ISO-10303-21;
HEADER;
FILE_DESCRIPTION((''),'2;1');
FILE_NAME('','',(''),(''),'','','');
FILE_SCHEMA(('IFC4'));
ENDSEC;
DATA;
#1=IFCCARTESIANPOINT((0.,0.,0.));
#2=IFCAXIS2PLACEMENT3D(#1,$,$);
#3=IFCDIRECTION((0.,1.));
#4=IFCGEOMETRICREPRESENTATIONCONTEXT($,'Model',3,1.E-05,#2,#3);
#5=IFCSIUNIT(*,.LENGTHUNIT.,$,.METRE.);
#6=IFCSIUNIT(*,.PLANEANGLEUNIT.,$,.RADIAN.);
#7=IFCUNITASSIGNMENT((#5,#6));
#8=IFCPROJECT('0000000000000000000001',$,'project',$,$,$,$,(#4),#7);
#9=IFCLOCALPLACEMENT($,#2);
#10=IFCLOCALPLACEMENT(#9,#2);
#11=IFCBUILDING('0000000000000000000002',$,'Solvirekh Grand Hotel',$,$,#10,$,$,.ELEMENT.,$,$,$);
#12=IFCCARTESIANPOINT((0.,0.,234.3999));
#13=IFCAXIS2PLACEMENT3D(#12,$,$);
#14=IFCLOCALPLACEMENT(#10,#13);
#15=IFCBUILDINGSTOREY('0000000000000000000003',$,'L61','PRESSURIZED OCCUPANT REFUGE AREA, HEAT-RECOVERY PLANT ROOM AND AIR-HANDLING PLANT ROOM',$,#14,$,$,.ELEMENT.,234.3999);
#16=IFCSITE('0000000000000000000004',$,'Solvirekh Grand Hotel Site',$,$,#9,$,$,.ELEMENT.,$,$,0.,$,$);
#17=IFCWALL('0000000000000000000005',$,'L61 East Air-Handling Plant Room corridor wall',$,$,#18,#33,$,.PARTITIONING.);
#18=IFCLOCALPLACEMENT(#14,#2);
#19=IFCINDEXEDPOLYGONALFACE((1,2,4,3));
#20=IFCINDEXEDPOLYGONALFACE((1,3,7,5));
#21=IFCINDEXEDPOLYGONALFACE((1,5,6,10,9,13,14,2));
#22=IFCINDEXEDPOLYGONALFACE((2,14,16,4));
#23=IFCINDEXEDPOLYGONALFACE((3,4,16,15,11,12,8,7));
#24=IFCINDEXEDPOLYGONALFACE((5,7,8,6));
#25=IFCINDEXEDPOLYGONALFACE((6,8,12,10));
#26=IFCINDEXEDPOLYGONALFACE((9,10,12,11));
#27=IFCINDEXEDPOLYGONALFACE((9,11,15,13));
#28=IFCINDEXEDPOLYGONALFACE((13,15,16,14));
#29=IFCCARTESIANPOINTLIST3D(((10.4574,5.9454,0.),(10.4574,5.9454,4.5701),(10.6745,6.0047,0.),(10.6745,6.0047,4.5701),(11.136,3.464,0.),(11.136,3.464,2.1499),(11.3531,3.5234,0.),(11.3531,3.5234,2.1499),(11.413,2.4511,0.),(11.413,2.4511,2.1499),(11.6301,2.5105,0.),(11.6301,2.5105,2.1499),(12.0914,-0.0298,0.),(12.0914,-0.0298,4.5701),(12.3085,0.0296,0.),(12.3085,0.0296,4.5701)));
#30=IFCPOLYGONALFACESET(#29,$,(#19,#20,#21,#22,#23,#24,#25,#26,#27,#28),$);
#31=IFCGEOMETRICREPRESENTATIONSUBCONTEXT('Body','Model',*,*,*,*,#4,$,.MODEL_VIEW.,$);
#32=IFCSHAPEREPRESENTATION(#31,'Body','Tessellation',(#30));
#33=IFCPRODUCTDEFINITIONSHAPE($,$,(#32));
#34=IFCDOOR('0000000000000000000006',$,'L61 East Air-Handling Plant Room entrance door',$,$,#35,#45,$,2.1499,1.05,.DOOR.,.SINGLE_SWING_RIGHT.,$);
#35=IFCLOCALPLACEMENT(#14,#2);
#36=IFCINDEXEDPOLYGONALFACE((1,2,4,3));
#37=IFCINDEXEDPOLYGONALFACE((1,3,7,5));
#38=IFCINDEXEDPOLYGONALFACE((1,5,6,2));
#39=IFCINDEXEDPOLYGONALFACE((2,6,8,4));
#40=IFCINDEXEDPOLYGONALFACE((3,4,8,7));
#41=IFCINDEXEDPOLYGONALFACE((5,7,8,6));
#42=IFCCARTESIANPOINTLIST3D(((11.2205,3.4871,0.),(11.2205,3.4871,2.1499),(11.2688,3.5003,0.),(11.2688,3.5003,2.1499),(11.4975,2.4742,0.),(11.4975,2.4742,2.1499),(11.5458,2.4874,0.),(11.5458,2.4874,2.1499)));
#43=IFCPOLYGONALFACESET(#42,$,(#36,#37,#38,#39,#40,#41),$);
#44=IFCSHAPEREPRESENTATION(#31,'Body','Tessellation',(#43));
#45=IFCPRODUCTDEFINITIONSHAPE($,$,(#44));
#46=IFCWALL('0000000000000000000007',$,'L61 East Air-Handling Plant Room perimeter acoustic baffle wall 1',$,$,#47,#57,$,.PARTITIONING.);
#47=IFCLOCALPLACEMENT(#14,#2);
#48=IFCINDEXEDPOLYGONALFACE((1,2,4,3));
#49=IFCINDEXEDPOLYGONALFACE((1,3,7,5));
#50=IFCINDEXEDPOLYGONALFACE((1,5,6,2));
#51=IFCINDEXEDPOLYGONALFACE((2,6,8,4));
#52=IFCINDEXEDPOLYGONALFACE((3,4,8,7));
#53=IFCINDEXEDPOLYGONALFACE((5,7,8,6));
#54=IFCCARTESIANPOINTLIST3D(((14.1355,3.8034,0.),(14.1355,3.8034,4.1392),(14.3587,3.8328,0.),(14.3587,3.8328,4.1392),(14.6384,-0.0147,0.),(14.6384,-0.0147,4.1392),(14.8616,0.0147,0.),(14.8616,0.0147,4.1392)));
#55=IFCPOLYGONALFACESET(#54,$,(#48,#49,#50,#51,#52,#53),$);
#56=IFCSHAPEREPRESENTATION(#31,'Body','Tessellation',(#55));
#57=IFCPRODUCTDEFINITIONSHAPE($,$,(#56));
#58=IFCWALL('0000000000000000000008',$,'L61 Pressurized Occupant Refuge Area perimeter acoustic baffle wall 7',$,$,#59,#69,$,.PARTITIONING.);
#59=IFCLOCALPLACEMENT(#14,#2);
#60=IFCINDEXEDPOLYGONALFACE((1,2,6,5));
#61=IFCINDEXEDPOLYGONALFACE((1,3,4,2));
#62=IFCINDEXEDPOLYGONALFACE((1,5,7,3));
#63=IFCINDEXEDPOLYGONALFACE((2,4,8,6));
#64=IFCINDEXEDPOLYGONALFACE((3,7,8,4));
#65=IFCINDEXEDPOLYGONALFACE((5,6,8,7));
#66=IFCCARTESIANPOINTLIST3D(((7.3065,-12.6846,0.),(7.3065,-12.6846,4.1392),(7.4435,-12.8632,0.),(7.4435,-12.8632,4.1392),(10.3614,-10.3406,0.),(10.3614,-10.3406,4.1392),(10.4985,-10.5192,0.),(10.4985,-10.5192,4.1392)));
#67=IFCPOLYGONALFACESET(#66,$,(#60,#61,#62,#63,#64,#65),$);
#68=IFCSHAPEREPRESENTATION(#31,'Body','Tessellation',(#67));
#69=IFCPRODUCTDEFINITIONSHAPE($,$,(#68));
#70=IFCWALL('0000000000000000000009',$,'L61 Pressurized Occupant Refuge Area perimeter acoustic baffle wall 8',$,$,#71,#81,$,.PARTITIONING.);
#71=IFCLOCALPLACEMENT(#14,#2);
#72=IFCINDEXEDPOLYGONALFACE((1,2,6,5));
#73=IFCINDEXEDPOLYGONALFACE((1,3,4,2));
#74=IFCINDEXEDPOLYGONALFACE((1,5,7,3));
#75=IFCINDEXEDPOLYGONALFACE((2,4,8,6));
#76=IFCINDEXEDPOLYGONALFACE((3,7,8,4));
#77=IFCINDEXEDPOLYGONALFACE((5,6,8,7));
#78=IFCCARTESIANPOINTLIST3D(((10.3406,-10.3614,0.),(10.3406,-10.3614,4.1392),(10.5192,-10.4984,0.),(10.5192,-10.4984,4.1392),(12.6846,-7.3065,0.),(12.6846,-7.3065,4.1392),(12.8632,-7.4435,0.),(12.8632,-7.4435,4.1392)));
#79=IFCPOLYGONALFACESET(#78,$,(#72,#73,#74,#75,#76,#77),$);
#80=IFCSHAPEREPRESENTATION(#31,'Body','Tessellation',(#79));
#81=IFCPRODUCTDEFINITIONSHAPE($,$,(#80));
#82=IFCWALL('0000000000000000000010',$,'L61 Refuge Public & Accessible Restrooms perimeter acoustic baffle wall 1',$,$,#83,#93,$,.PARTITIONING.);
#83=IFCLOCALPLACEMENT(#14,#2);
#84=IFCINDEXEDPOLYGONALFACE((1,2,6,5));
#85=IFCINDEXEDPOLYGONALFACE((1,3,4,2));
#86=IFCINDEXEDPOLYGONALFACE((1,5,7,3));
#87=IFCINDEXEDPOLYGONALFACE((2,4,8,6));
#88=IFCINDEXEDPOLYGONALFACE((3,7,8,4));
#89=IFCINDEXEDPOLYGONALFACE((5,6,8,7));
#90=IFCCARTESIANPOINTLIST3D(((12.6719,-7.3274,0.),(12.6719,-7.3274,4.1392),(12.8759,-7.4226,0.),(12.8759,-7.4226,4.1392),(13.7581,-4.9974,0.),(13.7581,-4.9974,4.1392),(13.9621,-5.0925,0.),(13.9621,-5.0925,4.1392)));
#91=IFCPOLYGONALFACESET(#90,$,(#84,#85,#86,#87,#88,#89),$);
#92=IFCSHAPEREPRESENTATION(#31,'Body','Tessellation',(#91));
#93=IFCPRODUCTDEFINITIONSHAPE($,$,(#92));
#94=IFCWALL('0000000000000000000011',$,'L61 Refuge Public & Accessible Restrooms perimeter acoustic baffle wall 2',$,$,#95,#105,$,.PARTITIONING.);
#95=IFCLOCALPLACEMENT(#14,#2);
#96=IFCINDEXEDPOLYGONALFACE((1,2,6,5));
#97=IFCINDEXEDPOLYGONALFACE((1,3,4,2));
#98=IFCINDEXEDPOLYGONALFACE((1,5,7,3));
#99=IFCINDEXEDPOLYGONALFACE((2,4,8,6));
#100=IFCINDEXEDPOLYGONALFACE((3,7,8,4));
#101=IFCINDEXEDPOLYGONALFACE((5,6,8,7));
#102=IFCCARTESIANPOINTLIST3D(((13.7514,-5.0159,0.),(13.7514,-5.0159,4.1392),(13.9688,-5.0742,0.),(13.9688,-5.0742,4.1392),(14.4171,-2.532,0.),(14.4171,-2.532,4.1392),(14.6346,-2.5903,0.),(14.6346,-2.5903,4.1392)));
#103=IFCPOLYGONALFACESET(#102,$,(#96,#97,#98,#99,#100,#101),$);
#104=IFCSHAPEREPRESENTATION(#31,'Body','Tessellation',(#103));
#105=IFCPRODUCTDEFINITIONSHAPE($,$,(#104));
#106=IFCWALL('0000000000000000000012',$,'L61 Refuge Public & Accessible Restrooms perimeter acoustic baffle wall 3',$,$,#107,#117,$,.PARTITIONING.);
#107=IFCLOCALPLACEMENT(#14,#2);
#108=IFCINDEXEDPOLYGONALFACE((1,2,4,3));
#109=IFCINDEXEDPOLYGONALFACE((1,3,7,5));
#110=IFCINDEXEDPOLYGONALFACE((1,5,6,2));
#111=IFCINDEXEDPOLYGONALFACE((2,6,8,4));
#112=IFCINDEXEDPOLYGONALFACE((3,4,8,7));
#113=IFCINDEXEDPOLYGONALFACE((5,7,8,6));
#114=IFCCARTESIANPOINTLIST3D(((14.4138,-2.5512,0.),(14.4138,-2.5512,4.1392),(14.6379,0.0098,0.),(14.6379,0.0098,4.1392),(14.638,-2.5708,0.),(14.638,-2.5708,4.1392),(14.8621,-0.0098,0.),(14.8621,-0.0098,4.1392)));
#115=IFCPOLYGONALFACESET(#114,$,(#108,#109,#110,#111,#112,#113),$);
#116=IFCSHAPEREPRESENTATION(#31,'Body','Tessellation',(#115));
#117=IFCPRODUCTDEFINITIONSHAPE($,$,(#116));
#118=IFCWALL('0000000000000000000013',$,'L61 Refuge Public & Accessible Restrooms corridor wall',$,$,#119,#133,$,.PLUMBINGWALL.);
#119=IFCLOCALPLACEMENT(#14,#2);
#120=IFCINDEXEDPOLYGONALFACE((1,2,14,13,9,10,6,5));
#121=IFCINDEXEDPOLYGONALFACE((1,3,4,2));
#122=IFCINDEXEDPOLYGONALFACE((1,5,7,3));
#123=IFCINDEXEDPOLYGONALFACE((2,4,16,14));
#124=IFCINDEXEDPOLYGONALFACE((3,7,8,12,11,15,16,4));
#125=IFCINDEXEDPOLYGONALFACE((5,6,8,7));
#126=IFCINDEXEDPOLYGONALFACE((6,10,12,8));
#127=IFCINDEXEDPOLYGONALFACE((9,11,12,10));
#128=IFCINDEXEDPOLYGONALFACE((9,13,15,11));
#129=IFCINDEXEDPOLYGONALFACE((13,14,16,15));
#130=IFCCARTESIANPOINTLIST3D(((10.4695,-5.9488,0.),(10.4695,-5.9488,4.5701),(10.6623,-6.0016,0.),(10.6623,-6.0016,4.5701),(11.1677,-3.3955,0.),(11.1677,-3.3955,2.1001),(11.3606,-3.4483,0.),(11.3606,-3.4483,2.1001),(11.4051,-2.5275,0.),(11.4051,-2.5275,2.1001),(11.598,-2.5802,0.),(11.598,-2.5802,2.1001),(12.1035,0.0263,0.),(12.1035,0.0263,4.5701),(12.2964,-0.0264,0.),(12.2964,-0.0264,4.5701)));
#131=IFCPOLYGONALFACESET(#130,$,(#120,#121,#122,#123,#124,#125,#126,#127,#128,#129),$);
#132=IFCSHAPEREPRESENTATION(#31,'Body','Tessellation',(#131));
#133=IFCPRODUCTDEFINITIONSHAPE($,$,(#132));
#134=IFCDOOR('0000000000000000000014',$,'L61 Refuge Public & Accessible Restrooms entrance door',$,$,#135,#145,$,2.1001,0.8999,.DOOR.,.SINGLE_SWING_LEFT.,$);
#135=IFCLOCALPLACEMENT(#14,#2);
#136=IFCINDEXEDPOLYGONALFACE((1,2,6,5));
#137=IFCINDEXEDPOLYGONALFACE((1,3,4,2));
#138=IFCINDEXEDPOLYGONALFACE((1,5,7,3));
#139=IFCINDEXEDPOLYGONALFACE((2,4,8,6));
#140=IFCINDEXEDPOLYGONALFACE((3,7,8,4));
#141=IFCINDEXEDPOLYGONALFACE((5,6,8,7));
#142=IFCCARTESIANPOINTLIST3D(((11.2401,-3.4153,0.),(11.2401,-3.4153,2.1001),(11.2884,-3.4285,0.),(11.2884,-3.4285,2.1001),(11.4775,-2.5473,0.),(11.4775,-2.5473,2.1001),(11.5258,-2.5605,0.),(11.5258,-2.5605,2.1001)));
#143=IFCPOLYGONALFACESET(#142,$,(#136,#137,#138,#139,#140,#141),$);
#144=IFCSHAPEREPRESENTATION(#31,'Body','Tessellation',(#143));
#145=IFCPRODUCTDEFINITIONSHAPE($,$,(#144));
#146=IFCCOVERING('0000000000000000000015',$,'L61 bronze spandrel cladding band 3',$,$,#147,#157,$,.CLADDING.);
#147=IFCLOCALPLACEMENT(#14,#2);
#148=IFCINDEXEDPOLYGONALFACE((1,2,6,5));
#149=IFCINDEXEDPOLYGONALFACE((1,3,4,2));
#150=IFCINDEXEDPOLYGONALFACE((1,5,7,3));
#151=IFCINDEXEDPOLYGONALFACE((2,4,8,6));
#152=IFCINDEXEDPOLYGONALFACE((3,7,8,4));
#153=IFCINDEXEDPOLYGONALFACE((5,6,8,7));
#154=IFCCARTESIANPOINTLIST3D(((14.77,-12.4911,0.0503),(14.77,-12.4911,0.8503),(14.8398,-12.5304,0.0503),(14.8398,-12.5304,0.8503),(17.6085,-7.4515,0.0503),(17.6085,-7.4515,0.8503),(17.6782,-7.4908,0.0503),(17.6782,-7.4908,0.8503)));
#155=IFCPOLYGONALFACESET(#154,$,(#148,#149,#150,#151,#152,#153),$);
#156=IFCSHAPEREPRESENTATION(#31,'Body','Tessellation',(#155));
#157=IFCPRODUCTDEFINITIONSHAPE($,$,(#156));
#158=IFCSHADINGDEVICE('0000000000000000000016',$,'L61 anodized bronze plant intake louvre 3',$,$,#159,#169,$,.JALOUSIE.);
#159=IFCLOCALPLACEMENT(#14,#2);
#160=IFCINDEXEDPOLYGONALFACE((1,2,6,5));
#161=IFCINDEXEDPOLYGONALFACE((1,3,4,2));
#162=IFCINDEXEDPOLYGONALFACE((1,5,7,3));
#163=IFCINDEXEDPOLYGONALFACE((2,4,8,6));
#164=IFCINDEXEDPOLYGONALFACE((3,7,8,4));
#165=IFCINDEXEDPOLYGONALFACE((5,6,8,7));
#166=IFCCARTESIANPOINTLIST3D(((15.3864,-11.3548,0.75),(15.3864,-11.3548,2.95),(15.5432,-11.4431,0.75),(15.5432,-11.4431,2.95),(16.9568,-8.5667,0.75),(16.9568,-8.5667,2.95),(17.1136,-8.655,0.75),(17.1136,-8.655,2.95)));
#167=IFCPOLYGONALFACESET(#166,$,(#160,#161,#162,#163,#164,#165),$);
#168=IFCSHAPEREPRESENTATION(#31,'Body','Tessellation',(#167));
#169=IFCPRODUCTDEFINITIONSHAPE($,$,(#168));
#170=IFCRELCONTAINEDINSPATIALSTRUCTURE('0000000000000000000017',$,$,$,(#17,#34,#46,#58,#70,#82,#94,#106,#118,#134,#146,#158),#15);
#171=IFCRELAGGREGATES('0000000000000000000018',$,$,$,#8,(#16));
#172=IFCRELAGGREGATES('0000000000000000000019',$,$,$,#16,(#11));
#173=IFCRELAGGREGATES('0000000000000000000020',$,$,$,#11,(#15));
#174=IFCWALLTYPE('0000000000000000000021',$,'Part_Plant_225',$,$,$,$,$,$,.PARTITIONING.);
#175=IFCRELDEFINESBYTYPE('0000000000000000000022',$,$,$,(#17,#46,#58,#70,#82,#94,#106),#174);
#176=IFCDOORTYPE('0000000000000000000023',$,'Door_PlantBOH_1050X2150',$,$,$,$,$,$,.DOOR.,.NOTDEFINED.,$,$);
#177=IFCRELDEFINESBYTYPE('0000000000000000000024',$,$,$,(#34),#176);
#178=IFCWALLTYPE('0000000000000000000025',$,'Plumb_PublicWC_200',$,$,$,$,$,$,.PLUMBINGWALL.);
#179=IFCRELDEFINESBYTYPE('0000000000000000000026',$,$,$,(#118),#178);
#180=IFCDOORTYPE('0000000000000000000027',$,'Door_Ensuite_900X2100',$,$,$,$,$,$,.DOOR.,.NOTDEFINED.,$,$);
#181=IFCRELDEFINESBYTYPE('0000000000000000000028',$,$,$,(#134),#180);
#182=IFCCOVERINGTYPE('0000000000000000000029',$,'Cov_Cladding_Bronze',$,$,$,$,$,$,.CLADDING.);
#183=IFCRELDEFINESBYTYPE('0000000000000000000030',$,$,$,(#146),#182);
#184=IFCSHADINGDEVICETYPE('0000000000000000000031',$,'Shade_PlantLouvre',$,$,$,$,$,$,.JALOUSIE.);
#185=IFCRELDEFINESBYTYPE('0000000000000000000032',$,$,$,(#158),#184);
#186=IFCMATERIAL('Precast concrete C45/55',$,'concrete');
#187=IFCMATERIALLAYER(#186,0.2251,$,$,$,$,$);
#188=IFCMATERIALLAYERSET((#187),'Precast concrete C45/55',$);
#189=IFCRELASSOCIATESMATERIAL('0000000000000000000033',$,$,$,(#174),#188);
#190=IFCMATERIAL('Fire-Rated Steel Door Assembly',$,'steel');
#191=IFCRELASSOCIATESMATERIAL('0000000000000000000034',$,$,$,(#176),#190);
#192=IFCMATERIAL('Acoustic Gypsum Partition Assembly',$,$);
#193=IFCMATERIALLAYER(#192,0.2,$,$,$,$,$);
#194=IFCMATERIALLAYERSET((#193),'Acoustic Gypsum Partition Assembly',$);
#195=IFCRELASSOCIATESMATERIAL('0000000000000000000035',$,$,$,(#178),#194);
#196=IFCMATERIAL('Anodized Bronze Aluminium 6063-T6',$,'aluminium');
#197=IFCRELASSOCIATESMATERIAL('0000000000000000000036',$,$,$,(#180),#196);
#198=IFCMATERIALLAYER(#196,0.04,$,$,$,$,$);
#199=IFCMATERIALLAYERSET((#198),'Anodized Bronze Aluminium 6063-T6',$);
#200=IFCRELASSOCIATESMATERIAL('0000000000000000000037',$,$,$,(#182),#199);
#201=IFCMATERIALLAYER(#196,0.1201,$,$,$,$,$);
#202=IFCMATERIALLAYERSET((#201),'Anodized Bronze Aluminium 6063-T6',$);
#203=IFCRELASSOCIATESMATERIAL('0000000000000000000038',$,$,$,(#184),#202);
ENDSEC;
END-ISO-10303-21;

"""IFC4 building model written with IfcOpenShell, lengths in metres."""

from ifc_helpers import new_model, si_unit, direction, frame, frame_2d, origin, origin_2d, place, context, subcontext, project, spatial, rectangle, extrude, material, layer, layer_set, type_object, element, fill, save


model = new_model("IFC4")

# Units and contexts
model_context = context("Model", 3, precision=1e-05, world=origin(), true_north=direction((0.0, 1.0)))
body_context = subcontext(model_context, "Body", "Model", "MODEL_VIEW")
ifc_project = project(units=[si_unit("LENGTHUNIT", "METRE"), si_unit("PLANEANGLEUNIT", "RADIAN")], contexts=[model_context])

# Site, building, storey
site_placement = place(None, origin())
site = spatial("IfcSite", under=ifc_project, at=site_placement, Name="Solvirekh Grand Hotel Site", CompositionType="ELEMENT", RefElevation=0.0)
building_placement = place(site_placement, origin())
building = spatial("IfcBuilding", under=site, at=building_placement, Name="Solvirekh Grand Hotel", CompositionType="ELEMENT")
storey_placement = place(building_placement, frame((0.0, 0.0, 234.3999)))
storey = spatial("IfcBuildingStorey", under=building, at=storey_placement, Name="L61", Description="PRESSURIZED OCCUPANT REFUGE AREA, HEAT-RECOVERY PLANT ROOM AND AIR-HANDLING PLANT ROOM", CompositionType="ELEMENT", Elevation=234.3999)

# Shared definitions
ifc_material_1 = material(Name="Precast concrete C45/55", Category="concrete")

# Shared definitions
ifc_material_2 = material(Name="Acoustic Gypsum Partition Assembly")
ifc_material_3 = material(Name="Fire-Rated Steel Door Assembly", Category="steel")

# Shared definitions
ifc_layer_1 = layer(ifc_material_1, 0.2251)
ifc_layer_set_1 = layer_set([ifc_layer_1], Name="Precast concrete C45/55")
wall_type_1 = type_object("IfcWallType", Name="Part_Plant_225", PredefinedType="PARTITIONING", material=ifc_layer_set_1)

# Wall, opening, door
wall_1_placement = place(storey_placement, frame((12.2, 0.0, 0.0), z_axis=(0.0, 0.0, 1.0), x_axis=(-0.263788, 0.964581, 0.0)))
wall_1 = element("IfcWall", 1, at=wall_1_placement, inside=storey, type_object=wall_type_1, Name="L61 East Air-Handling Plant Room corridor wall", PredefinedType="PARTITIONING", context=body_context, shape_type="SweptSolid", body=[
    extrude(rectangle(XDim=6.1946, YDim=0.2251, at=frame_2d((3.0972, 0.0))), origin(), (0.0, 0.0, 1.0), 4.5701),
])
opening_1_placement = place(wall_1_placement, frame((2.572, 0.0, 0.0)))
opening_1 = element("IfcOpeningElement", 2, at=opening_1_placement, cuts=wall_1, PredefinedType="OPENING", context=body_context, shape_type="SweptSolid", body=[
    extrude(rectangle(XDim=1.05, YDim=2.1499, at=frame_2d((0.5249, 1.075))), frame((0.0, 0.1226, 0.0), z_axis=(0.0, -1.0, 0.0), x_axis=(1.0, 0.0, 0.0)), (0.0, 0.0, 1.0), 0.2451),
])
door_type_1 = type_object("IfcDoorType", Name="Door_PlantBOH_1050X2150", OperationType="NOTDEFINED", PredefinedType="DOOR", material=ifc_material_3)
door_1_placement = place(opening_1_placement, origin())
door_1 = element("IfcDoor", 3, at=door_1_placement, inside=storey, type_object=door_type_1, Name="L61 East Air-Handling Plant Room entrance door", OperationType="SINGLE_SWING_RIGHT", OverallHeight=2.1499, OverallWidth=1.05, PredefinedType="DOOR", context=body_context, shape_type="SweptSolid", body=[
    extrude(rectangle(XDim=1.05, YDim=2.1499, at=frame_2d((0.5249, 1.075))), frame((0.0, 0.0249, 0.0), z_axis=(0.0, -1.0, 0.0), x_axis=(1.0, 0.0, 0.0)), (0.0, 0.0, 1.0), 0.05),
])
fill(opening_1, door_1)

# Walls
wall_2_placement = place(storey_placement, frame((14.75, 0.0, 0.0), z_axis=(0.0, 0.0, 1.0), x_axis=(-0.130594, 0.991436, 0.0)))
element("IfcWall", 4, at=wall_2_placement, inside=storey, type_object=wall_type_1, Name="L61 East Air-Handling Plant Room perimeter acoustic baffle wall 1", PredefinedType="PARTITIONING", context=body_context, shape_type="SweptSolid", body=[
    extrude(rectangle(XDim=3.8511, YDim=0.2251, at=frame_2d((1.9255, 0.0))), origin(), (0.0, 0.0, 1.0), 4.1392),
])
for number, where, z_axis, x_axis, name in (
    (5, (7.375, -12.7739, 0.0), (0.0, 0.0, 1.0), (0.793371, 0.608739, 0.0), "L61 Pressurized Occupant Refuge Area perimeter acoustic baffle wall 7"),
    (6, (10.4299, -10.4299, 0.0), (0.0, 0.0, 1.0), (0.608739, 0.793371, 0.0), "L61 Pressurized Occupant Refuge Area perimeter acoustic baffle wall 8"),
):
    element("IfcWall", number, at=place(storey_placement, frame(where, z_axis=z_axis, x_axis=x_axis)), inside=storey, type_object=wall_type_1, Name=name, PredefinedType="PARTITIONING", context=body_context, shape_type="SweptSolid", body=[
        extrude(rectangle(XDim=3.8506, YDim=0.2251, at=frame_2d((1.9253, 0.0))), origin(), (0.0, 0.0, 1.0), 4.1392),
    ])
wall_3_placement = place(storey_placement, frame((12.7739, -7.375, 0.0), z_axis=(0.0, 0.0, 1.0), x_axis=(0.422506, 0.90636, 0.0)))
element("IfcWall", 7, at=wall_3_placement, inside=storey, type_object=wall_type_1, Name="L61 Refuge Public & Accessible Restrooms perimeter acoustic baffle wall 1", PredefinedType="PARTITIONING", context=body_context, shape_type="SweptSolid", body=[
    extrude(rectangle(XDim=2.5708, YDim=0.2251, at=frame_2d((1.2854, 0.0))), origin(), (0.0, 0.0, 1.0), 4.1392),
])
wall_4_placement = place(storey_placement, frame((13.8601, -5.0449, 0.0), z_axis=(0.0, 0.0, 1.0), x_axis=(0.258897, 0.965905, 0.0)))
element("IfcWall", 8, at=wall_4_placement, inside=storey, type_object=wall_type_1, Name="L61 Refuge Public & Accessible Restrooms perimeter acoustic baffle wall 2", PredefinedType="PARTITIONING", context=body_context, shape_type="SweptSolid", body=[
    extrude(rectangle(XDim=2.5715, YDim=0.2251, at=frame_2d((1.2856, 0.0))), origin(), (0.0, 0.0, 1.0), 4.1392),
])
wall_5_placement = place(storey_placement, frame((14.5259, -2.561, 0.0), z_axis=(0.0, 0.0, 1.0), x_axis=(0.087179, 0.996193, 0.0)))
element("IfcWall", 9, at=wall_5_placement, inside=storey, type_object=wall_type_1, Name="L61 Refuge Public & Accessible Restrooms perimeter acoustic baffle wall 3", PredefinedType="PARTITIONING", context=body_context, shape_type="SweptSolid", body=[
    extrude(rectangle(XDim=2.5708, YDim=0.2251, at=frame_2d((1.2854, 0.0))), origin(), (0.0, 0.0, 1.0), 4.1392),
])

# Wall, opening, door
ifc_layer_2 = layer(ifc_material_2, 0.2)
ifc_layer_set_2 = layer_set([ifc_layer_2], Name="Acoustic Gypsum Partition Assembly")
wall_type_2 = type_object("IfcWallType", Name="Plumb_PublicWC_200", PredefinedType="PLUMBINGWALL", material=ifc_layer_set_2)
wall_6_placement = place(storey_placement, frame((10.5659, -5.9751, 0.0), z_axis=(0.0, 0.0, 1.0), x_axis=(0.263788, 0.964581, 0.0)))
wall_6 = element("IfcWall", 10, at=wall_6_placement, inside=storey, type_object=wall_type_2, Name="L61 Refuge Public & Accessible Restrooms corridor wall", PredefinedType="PLUMBINGWALL", context=body_context, shape_type="SweptSolid", body=[
    extrude(rectangle(XDim=6.1946, YDim=0.2, at=frame_2d((3.0972, 0.0))), origin(), (0.0, 0.0, 1.0), 4.5701),
])
opening_2_placement = place(wall_6_placement, frame((2.647, 0.0, 0.0)))
opening_2 = element("IfcOpeningElement", 11, at=opening_2_placement, cuts=wall_6, PredefinedType="OPENING", context=body_context, shape_type="SweptSolid", body=[
    extrude(rectangle(XDim=0.8999, YDim=2.1001, at=frame_2d((0.45, 1.05))), frame((0.0, 0.1099, 0.0), z_axis=(0.0, -1.0, 0.0), x_axis=(1.0, 0.0, 0.0)), (0.0, 0.0, 1.0), 0.22),
])
ifc_material_4 = material(Name="Anodized Bronze Aluminium 6063-T6", Category="aluminium")
door_type_2 = type_object("IfcDoorType", Name="Door_Ensuite_900X2100", OperationType="NOTDEFINED", PredefinedType="DOOR", material=ifc_material_4)
door_2_placement = place(opening_2_placement, origin())
door_2 = element("IfcDoor", 12, at=door_2_placement, inside=storey, type_object=door_type_2, Name="L61 Refuge Public & Accessible Restrooms entrance door", OperationType="SINGLE_SWING_LEFT", OverallHeight=2.1001, OverallWidth=0.8999, PredefinedType="DOOR", context=body_context, shape_type="SweptSolid", body=[
    extrude(rectangle(XDim=0.8999, YDim=2.1001, at=frame_2d((0.45, 1.05))), frame((0.0, 0.0249, 0.0), z_axis=(0.0, -1.0, 0.0), x_axis=(1.0, 0.0, 0.0)), (0.0, 0.0, 1.0), 0.05),
])
fill(opening_2, door_2)

# Covering
ifc_layer_3 = layer(ifc_material_4, 0.04)
ifc_layer_set_3 = layer_set([ifc_layer_3], Name="Anodized Bronze Aluminium 6063-T6")
covering_type = type_object("IfcCoveringType", Name="Cov_Cladding_Bronze", PredefinedType="CLADDING", material=ifc_layer_set_3)
covering_placement = place(storey_placement, frame((16.2241, -9.991, 0.0503), z_axis=(0.0, 0.0, 1.0), x_axis=(-0.490752, -0.871299, 0.0)))
element("IfcCovering", 13, at=covering_placement, inside=storey, type_object=covering_type, Name="L61 bronze spandrel cladding band 3", PredefinedType="CLADDING", context=body_context, shape_type="SweptSolid", body=[
    extrude(rectangle(XDim=5.7839, YDim=0.0801, at=origin_2d()), origin(), (0.0, 0.0, 1.0), 0.8),
])

# Shading device
ifc_layer_4 = layer(ifc_material_4, 0.1201)
ifc_layer_set_4 = layer_set([ifc_layer_4], Name="Anodized Bronze Aluminium 6063-T6")
shading_device_type = type_object("IfcShadingDeviceType", Name="Shade_PlantLouvre", PredefinedType="JALOUSIE", material=ifc_layer_set_4)
shading_device_placement = place(storey_placement, frame((16.25, -10.0049, 0.75), z_axis=(0.0, 0.0, 1.0), x_axis=(-0.490752, -0.871299, 0.0)))
element("IfcShadingDevice", 14, at=shading_device_placement, inside=storey, type_object=shading_device_type, Name="L61 anodized bronze plant intake louvre 3", PredefinedType="JALOUSIE", context=body_context, shape_type="SweptSolid", body=[
    extrude(rectangle(XDim=3.2, YDim=0.1799, at=origin_2d()), origin(), (0.0, 0.0, 1.0), 2.2),
])

save(model, "model.ifc")
